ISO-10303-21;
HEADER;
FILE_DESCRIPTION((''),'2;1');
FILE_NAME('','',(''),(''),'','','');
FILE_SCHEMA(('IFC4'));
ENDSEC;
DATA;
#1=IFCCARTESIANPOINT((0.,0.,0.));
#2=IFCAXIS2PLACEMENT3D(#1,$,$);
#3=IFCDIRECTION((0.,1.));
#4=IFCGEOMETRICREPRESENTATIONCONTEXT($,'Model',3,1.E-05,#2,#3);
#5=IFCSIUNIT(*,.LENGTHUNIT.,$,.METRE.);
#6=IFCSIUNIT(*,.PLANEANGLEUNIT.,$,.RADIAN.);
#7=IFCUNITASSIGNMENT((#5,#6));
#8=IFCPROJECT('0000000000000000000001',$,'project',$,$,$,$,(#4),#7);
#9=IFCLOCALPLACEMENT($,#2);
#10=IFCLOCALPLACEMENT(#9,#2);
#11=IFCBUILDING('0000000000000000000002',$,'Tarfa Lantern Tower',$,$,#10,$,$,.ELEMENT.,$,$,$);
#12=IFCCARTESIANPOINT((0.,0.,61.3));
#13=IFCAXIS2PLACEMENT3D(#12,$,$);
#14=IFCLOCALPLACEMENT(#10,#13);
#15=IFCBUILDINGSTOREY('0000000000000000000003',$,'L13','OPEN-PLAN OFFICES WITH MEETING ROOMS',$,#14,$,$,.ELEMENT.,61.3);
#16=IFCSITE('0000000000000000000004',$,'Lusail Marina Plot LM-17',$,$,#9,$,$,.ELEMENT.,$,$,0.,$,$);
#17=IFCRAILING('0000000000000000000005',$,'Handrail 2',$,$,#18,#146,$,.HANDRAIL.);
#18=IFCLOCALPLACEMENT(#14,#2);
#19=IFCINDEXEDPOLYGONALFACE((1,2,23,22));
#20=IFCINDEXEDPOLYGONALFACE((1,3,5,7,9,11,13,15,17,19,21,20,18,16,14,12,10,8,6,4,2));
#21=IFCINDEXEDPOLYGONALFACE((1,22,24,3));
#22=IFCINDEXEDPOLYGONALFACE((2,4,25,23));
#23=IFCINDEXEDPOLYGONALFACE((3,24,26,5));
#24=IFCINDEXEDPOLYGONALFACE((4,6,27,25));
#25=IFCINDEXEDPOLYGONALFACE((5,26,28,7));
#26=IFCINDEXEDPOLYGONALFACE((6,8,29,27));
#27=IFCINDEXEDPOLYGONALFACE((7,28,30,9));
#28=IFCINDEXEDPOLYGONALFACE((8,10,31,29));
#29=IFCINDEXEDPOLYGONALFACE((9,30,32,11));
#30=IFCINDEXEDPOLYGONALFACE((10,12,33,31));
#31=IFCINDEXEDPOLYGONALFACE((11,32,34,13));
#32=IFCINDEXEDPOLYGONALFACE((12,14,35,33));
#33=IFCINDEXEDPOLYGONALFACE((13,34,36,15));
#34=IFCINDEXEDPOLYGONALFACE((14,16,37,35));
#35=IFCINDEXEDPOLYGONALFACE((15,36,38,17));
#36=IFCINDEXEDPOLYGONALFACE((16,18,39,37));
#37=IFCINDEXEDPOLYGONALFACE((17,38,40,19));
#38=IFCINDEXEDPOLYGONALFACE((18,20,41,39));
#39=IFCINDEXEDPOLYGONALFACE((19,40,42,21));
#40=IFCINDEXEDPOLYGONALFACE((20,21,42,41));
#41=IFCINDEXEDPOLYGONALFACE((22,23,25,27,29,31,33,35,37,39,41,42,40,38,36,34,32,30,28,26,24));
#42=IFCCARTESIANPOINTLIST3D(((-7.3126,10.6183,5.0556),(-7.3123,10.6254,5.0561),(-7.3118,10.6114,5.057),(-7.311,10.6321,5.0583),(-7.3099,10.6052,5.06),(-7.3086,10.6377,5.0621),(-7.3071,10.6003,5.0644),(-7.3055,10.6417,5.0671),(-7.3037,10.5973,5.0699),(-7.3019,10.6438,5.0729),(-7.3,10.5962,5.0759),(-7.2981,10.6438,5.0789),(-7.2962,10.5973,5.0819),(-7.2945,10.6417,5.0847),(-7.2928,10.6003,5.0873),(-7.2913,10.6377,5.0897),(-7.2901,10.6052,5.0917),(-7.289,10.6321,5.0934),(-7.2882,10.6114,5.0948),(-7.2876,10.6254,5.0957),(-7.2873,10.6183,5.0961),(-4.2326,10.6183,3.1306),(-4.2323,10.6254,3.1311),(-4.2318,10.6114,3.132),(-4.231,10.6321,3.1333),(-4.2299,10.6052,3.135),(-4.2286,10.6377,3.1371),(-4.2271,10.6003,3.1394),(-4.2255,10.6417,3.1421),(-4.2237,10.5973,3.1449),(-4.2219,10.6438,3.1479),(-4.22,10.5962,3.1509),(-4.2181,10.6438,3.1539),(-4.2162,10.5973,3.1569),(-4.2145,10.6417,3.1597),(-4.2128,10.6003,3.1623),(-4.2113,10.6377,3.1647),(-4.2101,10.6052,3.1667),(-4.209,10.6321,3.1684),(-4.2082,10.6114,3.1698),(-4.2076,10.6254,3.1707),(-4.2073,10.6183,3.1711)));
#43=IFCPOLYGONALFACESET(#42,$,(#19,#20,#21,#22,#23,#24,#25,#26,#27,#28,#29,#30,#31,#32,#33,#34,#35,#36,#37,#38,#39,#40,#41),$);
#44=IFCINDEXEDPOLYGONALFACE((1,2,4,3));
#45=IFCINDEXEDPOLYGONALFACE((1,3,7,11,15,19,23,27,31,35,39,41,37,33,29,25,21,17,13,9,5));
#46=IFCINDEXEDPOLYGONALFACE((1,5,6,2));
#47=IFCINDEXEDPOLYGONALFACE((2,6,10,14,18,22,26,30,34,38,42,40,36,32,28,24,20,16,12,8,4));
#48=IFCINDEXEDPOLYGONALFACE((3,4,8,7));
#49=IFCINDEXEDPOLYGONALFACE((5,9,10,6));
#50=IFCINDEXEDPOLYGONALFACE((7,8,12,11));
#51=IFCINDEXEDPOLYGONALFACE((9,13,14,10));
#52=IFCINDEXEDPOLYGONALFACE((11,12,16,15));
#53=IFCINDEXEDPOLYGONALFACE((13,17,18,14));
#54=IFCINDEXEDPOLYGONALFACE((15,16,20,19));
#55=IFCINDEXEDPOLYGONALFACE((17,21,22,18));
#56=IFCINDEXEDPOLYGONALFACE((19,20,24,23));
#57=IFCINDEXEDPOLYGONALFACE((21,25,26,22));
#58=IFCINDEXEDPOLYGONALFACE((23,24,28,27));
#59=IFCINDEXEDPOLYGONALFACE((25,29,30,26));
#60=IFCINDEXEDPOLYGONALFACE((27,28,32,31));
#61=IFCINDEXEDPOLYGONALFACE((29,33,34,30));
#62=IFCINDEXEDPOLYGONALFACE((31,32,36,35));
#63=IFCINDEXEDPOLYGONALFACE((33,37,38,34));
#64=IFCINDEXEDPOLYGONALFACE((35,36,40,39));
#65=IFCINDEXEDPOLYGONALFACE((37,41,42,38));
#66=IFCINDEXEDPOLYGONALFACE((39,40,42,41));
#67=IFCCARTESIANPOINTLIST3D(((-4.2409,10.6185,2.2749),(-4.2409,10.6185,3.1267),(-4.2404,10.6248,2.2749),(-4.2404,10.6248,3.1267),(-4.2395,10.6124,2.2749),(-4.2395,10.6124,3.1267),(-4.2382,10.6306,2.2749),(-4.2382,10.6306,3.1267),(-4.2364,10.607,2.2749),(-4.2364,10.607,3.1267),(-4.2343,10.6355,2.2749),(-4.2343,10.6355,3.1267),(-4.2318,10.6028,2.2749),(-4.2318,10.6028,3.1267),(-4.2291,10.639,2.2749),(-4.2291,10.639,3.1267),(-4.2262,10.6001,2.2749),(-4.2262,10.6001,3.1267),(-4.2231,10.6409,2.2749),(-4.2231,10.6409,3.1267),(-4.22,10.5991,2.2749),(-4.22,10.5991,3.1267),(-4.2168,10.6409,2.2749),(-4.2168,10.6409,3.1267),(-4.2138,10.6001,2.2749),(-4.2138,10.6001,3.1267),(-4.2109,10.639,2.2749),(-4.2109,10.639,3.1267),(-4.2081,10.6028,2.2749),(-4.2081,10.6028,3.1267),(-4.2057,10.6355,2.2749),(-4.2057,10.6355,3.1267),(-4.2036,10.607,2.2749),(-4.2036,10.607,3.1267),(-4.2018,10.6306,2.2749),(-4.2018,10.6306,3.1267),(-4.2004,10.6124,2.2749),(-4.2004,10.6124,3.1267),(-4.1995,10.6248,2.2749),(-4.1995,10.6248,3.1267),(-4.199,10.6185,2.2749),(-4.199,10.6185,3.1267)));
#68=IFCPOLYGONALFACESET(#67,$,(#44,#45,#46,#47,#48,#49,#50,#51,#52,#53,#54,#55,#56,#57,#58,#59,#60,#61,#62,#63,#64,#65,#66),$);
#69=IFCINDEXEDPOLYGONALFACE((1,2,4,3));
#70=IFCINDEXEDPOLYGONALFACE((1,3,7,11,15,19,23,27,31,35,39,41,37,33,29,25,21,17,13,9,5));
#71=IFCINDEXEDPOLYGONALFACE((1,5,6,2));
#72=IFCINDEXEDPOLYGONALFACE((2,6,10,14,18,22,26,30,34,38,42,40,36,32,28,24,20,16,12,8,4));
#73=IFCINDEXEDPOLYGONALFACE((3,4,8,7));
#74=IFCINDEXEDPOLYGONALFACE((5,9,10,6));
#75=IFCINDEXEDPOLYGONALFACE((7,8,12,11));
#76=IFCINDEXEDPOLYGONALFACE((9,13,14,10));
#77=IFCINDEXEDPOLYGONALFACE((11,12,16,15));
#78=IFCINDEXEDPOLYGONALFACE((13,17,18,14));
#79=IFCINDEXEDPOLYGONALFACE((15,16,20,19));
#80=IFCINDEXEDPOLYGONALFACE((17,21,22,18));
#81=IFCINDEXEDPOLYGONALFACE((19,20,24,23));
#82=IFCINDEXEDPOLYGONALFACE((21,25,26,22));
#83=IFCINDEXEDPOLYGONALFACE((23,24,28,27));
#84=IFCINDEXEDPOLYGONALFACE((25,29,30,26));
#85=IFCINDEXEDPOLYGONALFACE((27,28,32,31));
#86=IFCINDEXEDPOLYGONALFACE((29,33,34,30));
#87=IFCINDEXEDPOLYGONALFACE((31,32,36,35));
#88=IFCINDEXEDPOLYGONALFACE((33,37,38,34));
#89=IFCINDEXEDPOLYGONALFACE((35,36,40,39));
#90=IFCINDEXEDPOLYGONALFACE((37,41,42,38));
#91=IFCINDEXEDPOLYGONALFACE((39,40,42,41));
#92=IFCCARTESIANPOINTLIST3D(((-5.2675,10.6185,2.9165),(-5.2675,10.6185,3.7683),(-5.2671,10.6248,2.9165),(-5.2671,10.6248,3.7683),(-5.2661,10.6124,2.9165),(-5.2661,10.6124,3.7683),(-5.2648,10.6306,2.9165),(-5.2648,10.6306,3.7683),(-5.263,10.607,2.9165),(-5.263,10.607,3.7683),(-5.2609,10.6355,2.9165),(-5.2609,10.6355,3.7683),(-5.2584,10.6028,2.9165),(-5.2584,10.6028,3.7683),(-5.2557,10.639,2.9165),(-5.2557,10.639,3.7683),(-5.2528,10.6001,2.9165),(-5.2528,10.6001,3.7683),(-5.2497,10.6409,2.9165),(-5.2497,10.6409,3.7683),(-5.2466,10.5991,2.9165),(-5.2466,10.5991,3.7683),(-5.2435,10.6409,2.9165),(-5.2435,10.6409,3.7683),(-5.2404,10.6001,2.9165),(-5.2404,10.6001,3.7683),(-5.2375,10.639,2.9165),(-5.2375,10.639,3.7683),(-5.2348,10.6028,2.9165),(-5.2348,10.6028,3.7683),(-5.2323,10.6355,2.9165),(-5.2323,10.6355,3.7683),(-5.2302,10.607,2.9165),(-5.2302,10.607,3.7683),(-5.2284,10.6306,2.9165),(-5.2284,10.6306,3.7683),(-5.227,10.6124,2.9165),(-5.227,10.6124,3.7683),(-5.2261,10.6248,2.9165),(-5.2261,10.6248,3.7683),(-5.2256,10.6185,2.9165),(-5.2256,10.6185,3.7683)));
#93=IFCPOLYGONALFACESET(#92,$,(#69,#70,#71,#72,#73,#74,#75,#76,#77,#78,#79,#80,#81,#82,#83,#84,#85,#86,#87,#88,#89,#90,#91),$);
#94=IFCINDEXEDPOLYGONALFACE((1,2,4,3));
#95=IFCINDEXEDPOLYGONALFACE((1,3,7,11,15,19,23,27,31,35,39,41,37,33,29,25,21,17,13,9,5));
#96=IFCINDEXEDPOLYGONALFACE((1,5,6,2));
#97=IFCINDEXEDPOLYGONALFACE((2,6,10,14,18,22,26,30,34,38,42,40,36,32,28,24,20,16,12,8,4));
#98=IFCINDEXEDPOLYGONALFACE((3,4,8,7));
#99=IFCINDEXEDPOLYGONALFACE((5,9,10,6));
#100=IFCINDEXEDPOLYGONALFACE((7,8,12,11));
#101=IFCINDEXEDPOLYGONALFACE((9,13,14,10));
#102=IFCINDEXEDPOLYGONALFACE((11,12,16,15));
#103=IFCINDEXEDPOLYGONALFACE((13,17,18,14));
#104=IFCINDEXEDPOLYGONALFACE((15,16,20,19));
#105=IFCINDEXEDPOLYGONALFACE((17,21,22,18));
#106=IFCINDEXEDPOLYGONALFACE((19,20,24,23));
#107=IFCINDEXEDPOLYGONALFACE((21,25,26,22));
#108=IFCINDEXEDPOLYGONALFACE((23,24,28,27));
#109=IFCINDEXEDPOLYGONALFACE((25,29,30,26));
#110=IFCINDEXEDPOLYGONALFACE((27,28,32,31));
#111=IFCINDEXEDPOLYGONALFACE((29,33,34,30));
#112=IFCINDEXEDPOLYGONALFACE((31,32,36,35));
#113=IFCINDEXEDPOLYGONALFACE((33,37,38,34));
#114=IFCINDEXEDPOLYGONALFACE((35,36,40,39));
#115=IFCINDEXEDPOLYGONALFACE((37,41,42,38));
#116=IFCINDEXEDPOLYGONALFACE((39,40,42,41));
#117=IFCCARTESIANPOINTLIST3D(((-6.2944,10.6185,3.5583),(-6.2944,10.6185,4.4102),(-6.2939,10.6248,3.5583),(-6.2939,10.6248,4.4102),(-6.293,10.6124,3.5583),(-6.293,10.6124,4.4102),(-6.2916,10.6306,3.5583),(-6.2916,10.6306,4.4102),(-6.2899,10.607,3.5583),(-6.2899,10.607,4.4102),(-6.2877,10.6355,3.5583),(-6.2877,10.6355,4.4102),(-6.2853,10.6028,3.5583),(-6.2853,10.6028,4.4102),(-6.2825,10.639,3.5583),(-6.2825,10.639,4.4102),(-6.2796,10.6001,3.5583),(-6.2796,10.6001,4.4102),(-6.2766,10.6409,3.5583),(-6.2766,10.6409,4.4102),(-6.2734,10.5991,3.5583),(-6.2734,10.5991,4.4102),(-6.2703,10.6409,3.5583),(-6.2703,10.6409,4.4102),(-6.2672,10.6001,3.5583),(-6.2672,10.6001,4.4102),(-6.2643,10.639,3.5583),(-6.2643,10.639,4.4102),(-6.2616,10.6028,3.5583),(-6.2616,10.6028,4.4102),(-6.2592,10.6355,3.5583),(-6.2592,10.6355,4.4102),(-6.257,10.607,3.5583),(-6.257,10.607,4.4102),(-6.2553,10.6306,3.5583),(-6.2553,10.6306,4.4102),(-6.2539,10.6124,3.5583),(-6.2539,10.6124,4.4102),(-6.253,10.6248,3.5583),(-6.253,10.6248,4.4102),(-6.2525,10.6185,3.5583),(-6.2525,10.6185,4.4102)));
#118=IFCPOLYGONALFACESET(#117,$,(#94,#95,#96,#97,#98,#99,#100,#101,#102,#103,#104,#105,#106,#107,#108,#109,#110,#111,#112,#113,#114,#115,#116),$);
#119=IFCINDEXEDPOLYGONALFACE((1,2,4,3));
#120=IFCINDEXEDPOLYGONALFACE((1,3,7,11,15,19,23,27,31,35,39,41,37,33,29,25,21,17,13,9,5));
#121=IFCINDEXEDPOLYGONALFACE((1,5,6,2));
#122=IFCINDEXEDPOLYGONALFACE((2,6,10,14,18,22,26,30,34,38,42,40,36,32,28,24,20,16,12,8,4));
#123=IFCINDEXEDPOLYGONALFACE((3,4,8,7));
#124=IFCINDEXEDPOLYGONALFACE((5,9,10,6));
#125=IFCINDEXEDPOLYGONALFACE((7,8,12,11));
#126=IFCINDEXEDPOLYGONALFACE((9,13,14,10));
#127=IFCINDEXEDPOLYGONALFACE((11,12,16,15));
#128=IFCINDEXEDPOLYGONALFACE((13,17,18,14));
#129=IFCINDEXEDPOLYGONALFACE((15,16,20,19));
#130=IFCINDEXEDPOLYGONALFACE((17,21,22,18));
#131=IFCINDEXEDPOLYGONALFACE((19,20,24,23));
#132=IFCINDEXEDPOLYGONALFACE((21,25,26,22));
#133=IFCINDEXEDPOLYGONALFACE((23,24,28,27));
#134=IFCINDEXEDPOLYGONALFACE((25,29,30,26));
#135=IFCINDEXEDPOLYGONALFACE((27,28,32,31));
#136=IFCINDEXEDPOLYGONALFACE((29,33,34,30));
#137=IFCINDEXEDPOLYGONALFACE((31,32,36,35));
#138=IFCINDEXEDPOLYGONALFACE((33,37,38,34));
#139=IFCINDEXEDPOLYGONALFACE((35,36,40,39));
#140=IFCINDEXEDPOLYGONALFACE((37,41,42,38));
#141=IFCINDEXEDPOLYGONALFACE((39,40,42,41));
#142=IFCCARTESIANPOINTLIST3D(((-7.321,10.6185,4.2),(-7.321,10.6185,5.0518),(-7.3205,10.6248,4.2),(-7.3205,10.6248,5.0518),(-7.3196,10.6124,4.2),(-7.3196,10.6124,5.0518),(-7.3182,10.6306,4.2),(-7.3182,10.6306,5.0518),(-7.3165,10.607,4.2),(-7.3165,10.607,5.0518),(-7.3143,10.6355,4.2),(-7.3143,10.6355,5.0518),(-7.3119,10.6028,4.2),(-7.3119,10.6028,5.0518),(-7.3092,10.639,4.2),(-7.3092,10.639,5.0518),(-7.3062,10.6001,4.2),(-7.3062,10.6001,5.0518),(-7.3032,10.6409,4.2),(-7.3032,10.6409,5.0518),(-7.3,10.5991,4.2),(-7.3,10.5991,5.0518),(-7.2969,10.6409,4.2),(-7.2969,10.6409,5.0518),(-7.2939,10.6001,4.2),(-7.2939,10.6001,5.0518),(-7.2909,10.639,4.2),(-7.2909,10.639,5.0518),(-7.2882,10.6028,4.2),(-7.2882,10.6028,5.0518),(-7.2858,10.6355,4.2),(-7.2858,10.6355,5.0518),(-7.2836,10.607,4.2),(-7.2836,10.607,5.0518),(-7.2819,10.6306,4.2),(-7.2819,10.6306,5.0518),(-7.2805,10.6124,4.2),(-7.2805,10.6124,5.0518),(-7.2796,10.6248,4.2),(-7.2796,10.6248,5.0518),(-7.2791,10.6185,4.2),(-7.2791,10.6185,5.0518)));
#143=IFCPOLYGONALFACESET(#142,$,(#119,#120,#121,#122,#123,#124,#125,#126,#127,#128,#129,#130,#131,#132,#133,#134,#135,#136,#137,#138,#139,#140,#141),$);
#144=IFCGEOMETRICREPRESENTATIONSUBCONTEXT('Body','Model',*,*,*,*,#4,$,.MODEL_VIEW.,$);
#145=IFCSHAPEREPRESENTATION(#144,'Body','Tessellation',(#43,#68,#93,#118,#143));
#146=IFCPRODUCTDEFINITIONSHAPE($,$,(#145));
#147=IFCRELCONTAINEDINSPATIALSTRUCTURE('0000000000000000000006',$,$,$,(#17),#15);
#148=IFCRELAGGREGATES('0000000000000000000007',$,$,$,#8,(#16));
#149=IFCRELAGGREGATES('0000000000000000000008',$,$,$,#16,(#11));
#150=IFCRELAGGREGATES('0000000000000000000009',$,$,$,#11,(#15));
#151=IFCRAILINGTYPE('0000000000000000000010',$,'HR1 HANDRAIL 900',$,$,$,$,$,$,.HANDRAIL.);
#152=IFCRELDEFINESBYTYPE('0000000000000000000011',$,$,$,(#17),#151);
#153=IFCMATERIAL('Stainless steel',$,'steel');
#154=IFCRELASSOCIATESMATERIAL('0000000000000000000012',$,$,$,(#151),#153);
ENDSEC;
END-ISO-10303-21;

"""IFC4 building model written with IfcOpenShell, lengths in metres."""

from ifc_helpers import new_model, si_unit, direction, frame, origin, origin_2d, place, context, subcontext, project, spatial, circle, extrude, material, type_object, element, save


model = new_model("IFC4")

# Units and contexts
model_context = context("Model", 3, precision=1e-05, world=origin(), true_north=direction((0.0, 1.0)))
body_context = subcontext(model_context, "Body", "Model", "MODEL_VIEW")
ifc_project = project(units=[si_unit("LENGTHUNIT", "METRE"), si_unit("PLANEANGLEUNIT", "RADIAN")], contexts=[model_context])

# Site, building, storey
site_placement = place(None, origin())
site = spatial("IfcSite", under=ifc_project, at=site_placement, Name="Lusail Marina Plot LM-17", CompositionType="ELEMENT", RefElevation=0.0)
building_placement = place(site_placement, origin())
building = spatial("IfcBuilding", under=site, at=building_placement, Name="Tarfa Lantern Tower", CompositionType="ELEMENT")
storey_placement = place(building_placement, frame((0.0, 0.0, 61.3)))
storey = spatial("IfcBuildingStorey", under=building, at=storey_placement, Name="L13", Description="OPEN-PLAN OFFICES WITH MEETING ROOMS", CompositionType="ELEMENT", Elevation=61.3)

# Railing
ifc_material_1 = material(Name="Stainless steel", Category="steel")
railing_type = type_object("IfcRailingType", Name="HR1 HANDRAIL 900", PredefinedType="HANDRAIL", material=ifc_material_1)
railing_1_placement = place(storey_placement, frame((-4.22, 10.6201, 2.2749)))
element("IfcRailing", 1, at=railing_1_placement, inside=storey, type_object=railing_type, Name="Handrail 2", PredefinedType="HANDRAIL", context=body_context, shape_type="SweptSolid", body=[
    extrude(circle(Radius=0.0239, at=origin_2d()), frame((0.0, 0.0, 0.876), z_axis=(-0.847998, 0.0, 0.529999), x_axis=(0.0, -1.0, 0.0)), (0.0, 0.0, 1.0), 3.6321),
    extrude(circle(Radius=0.021, at=origin_2d()), frame((0.0, 0.0, 0.0), z_axis=(0.0, 0.0, 1.0), x_axis=(0.0, -1.0, 0.0)), (0.0, 0.0, 1.0), 0.8518),
    extrude(circle(Radius=0.021, at=origin_2d()), frame((-1.0266, 0.0, 0.6416), z_axis=(0.0, 0.0, 1.0), x_axis=(0.0, -1.0, 0.0)), (0.0, 0.0, 1.0), 0.8518),
    extrude(circle(Radius=0.021, at=origin_2d()), frame((-2.0535, 0.0, 1.2834), z_axis=(0.0, 0.0, 1.0), x_axis=(0.0, -1.0, 0.0)), (0.0, 0.0, 1.0), 0.8518),
    extrude(circle(Radius=0.021, at=origin_2d()), frame((-3.0801, 0.0, 1.925), z_axis=(0.0, 0.0, 1.0), x_axis=(0.0, -1.0, 0.0)), (0.0, 0.0, 1.0), 0.8518),
])

save(model, "model.ifc")
